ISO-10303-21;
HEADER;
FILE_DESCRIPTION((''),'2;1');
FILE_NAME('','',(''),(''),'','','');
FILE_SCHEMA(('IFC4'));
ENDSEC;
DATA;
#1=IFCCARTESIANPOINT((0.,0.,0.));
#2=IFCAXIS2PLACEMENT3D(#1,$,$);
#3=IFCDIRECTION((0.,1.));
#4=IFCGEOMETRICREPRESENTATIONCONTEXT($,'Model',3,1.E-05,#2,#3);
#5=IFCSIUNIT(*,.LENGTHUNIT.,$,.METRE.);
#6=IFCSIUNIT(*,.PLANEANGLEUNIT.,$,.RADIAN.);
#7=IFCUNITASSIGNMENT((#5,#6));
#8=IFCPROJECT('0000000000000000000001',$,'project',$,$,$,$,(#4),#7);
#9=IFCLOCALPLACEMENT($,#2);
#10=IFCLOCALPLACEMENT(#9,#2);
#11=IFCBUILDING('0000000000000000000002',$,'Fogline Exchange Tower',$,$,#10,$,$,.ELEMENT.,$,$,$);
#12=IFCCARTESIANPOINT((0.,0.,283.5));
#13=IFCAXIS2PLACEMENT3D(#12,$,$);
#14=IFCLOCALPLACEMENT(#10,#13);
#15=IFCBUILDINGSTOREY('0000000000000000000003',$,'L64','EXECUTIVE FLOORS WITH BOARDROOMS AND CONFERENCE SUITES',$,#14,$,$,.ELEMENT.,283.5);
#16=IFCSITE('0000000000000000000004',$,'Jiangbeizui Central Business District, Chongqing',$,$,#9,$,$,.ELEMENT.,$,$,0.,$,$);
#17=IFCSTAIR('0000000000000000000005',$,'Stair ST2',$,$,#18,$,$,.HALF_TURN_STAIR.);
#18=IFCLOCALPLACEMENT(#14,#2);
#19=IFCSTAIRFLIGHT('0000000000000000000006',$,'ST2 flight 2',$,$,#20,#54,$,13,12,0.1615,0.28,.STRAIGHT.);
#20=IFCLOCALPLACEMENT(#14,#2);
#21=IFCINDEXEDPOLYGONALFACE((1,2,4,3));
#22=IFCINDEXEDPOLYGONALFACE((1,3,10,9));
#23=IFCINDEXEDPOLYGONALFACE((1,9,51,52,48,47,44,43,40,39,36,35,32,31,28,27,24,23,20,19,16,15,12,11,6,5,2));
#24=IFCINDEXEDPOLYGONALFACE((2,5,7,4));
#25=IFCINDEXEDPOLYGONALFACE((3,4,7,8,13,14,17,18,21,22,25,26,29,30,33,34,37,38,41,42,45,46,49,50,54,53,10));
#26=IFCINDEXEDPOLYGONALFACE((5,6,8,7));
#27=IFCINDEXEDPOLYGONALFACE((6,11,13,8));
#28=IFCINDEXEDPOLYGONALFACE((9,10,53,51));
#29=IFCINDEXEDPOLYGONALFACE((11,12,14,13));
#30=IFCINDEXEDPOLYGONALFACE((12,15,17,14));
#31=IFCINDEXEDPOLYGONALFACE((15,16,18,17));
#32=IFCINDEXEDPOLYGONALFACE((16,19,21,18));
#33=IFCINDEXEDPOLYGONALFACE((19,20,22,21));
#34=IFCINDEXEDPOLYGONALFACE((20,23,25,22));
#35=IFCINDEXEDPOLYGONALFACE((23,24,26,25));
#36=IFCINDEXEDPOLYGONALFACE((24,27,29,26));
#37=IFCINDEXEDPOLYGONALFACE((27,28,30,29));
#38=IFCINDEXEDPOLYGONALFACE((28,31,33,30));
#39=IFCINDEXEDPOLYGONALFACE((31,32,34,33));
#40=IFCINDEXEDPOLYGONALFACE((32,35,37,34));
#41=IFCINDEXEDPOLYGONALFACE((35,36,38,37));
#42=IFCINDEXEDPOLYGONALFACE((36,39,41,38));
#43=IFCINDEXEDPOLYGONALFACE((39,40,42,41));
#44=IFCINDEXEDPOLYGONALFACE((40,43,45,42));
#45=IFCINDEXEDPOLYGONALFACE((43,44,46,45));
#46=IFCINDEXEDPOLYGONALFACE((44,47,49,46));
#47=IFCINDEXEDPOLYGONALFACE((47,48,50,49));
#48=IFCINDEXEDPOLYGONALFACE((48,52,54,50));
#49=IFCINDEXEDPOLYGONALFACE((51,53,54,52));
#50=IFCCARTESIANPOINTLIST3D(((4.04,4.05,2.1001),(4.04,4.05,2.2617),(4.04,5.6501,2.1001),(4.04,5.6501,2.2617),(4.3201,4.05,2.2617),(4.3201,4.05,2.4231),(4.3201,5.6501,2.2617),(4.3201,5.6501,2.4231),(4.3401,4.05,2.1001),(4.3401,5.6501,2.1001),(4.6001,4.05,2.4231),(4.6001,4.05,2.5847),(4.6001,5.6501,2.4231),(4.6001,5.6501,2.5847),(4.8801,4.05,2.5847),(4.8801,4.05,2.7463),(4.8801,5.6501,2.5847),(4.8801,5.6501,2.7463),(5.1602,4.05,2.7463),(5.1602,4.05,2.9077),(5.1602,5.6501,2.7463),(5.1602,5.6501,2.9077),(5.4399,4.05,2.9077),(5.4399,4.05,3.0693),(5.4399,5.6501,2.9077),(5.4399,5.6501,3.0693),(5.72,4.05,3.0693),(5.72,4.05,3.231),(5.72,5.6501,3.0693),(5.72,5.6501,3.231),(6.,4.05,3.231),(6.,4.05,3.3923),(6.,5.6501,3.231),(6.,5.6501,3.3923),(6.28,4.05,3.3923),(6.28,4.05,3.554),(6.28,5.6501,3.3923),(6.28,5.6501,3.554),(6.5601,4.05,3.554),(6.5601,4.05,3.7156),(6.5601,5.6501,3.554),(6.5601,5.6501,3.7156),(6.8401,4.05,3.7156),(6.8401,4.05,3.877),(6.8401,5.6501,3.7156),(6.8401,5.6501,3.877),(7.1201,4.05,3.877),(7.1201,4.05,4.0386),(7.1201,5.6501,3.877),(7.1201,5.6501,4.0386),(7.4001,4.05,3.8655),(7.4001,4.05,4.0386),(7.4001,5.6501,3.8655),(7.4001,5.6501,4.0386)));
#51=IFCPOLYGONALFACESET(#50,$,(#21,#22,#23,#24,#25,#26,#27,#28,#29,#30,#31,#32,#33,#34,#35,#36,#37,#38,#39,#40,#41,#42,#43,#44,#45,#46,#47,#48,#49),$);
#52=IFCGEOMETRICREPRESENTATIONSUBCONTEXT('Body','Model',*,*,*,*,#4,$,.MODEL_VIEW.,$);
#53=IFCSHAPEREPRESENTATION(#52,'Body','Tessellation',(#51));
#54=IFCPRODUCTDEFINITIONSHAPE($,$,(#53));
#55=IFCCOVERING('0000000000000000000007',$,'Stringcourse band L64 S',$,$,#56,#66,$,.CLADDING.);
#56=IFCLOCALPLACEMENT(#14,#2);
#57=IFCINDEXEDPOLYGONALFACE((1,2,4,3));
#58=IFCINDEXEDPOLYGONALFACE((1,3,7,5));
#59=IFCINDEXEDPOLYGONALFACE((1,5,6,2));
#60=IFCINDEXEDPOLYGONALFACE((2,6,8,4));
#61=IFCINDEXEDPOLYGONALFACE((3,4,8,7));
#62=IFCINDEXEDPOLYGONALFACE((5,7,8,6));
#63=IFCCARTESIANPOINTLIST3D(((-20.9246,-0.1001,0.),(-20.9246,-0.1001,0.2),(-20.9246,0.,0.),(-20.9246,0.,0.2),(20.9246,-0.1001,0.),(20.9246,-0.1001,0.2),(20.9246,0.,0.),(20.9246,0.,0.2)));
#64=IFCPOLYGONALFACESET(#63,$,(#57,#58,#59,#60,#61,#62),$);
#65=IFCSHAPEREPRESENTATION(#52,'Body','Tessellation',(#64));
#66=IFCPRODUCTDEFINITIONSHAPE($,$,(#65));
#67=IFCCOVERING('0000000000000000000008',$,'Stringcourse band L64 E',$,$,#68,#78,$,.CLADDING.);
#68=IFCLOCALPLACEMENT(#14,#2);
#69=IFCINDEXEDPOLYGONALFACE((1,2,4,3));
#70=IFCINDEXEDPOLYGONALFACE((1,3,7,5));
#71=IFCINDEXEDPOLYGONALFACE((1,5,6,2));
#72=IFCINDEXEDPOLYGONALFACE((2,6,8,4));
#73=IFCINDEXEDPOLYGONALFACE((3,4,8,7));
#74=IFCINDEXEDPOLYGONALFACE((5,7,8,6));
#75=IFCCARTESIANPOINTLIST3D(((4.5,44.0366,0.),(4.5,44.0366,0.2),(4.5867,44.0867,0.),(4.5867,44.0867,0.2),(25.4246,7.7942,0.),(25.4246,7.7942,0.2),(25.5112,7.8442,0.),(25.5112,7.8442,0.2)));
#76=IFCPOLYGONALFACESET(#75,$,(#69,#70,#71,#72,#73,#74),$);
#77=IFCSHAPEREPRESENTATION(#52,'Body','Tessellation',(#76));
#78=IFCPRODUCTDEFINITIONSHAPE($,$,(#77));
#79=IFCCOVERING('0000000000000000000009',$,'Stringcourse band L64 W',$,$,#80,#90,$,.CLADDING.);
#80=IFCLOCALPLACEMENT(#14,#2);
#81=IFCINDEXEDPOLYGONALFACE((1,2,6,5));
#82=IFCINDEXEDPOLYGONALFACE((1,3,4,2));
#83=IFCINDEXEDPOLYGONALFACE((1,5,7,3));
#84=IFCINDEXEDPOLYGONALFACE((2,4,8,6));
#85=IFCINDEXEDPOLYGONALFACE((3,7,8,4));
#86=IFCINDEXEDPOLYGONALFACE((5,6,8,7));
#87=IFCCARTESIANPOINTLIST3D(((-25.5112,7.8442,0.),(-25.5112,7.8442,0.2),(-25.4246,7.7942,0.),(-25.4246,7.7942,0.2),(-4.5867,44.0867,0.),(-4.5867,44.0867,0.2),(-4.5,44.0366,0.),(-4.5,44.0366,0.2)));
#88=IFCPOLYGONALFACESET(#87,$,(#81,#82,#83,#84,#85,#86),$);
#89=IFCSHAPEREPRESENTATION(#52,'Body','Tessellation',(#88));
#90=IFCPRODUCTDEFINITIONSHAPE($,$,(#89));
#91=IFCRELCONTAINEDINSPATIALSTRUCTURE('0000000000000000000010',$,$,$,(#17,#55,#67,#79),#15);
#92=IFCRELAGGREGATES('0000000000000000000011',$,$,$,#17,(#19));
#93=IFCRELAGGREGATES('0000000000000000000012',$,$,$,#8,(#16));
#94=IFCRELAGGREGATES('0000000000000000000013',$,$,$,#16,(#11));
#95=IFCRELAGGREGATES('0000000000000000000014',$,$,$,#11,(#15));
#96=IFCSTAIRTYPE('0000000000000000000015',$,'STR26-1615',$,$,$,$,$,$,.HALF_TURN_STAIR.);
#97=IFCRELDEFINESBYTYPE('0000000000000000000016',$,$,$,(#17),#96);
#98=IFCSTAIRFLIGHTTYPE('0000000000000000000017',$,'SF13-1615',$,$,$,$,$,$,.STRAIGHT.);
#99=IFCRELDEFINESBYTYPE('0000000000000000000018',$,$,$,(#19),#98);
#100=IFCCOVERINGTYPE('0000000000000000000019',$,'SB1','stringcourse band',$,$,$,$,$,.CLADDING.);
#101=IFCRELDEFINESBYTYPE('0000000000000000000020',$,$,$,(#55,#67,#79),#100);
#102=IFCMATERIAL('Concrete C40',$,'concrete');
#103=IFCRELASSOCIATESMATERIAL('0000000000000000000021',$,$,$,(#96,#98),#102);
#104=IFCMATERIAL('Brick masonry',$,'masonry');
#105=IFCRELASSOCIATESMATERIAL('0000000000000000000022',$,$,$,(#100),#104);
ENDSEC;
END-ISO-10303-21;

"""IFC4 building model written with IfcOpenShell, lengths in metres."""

from ifc_helpers import new_model, si_unit, direction, frame, origin, place, context, subcontext, project, spatial, polyline, outline, extrude, material, type_object, element, aggregate, save


model = new_model("IFC4")

# Units and contexts
model_context = context("Model", 3, precision=1e-05, world=origin(), true_north=direction((0.0, 1.0)))
body_context = subcontext(model_context, "Body", "Model", "MODEL_VIEW")
ifc_project = project(units=[si_unit("LENGTHUNIT", "METRE"), si_unit("PLANEANGLEUNIT", "RADIAN")], contexts=[model_context])

# Site, building, storey
site_placement = place(None, origin())
site = spatial("IfcSite", under=ifc_project, at=site_placement, Name="Jiangbeizui Central Business District, Chongqing", CompositionType="ELEMENT", RefElevation=0.0)
building_placement = place(site_placement, origin())
building = spatial("IfcBuilding", under=site, at=building_placement, Name="Fogline Exchange Tower", CompositionType="ELEMENT")
storey_placement = place(building_placement, frame((0.0, 0.0, 283.5)))
storey = spatial("IfcBuildingStorey", under=building, at=storey_placement, Name="L64", Description="EXECUTIVE FLOORS WITH BOARDROOMS AND CONFERENCE SUITES", CompositionType="ELEMENT", Elevation=283.5)

# Shared definitions
ifc_material_1 = material(Name="Concrete C40", Category="concrete")

# Stair
stair_type = type_object("IfcStairType", Name="STR26-1615", PredefinedType="HALF_TURN_STAIR", material=ifc_material_1)
stair_1_placement = place(storey_placement, origin())
stair_1 = element("IfcStair", 1, at=stair_1_placement, inside=storey, type_object=stair_type, Name="Stair ST2", PredefinedType="HALF_TURN_STAIR")

# Shared definitions
ifc_material_2 = material(Name="Brick masonry", Category="masonry")

# Stair flight
stair_flight_type = type_object("IfcStairFlightType", Name="SF13-1615", PredefinedType="STRAIGHT", material=ifc_material_1)
stair_flight_1_placement = place(storey_placement, frame((4.04, 4.8501, 2.1001), z_axis=(0.0, 0.0, 1.0), x_axis=(1.0, 0.0, 0.0)))
stair_flight_1 = element("IfcStairFlight", 2, at=stair_flight_1_placement, type_object=stair_flight_type, Name="ST2 flight 2", NumberOfRisers=13, NumberOfTreads=12, PredefinedType="STRAIGHT", RiserHeight=0.1615, TreadLength=0.28, context=body_context, shape_type="SweptSolid", body=[
    extrude(outline(polyline([(0.0, 0.0), (0.0, 0.1616), (0.28, 0.1616), (0.28, 0.323), (0.5601, 0.323), (0.5601, 0.4846), (0.8401, 0.4846), (0.8401, 0.6462), (1.1201, 0.6462), (1.1201, 0.8076), (1.3999, 0.8076), (1.3999, 0.9692), (1.6799, 0.9692), (1.6799, 1.1309), (1.96, 1.1309), (1.96, 1.2922), (2.24, 1.2922), (2.24, 1.4539), (2.52, 1.4539), (2.52, 1.6155), (2.8, 1.6155), (2.8, 1.7769), (3.0801, 1.7769), (3.0801, 1.9385), (3.3601, 1.9385), (3.3601, 2.1001), (3.3601, 1.7654), (0.3, 0.0), (0.0, 0.0)])), frame((0.0, 0.8, 0.0), z_axis=(0.0, -1.0, 0.0), x_axis=(1.0, 0.0, 0.0)), (0.0, 0.0, 1.0), 1.6001),
])
aggregate(stair_1, [stair_flight_1])

# Coverings
covering_type = type_object("IfcCoveringType", Name="SB1", Description="stringcourse band", PredefinedType="CLADDING", material=ifc_material_2)
covering_1_placement = place(storey_placement, origin())
element("IfcCovering", 3, at=covering_1_placement, inside=storey, type_object=covering_type, Name="Stringcourse band L64 S", PredefinedType="CLADDING", context=body_context, shape_type="SweptSolid", body=[
    extrude(outline(polyline([(-20.9246, 0.0), (-20.9246, -0.1001), (20.9246, -0.1001), (20.9246, 0.0), (-20.9246, 0.0)])), origin(), (0.0, 0.0, 1.0), 0.2),
])
covering_2_placement = place(storey_placement, origin())
element("IfcCovering", 4, at=covering_2_placement, inside=storey, type_object=covering_type, Name="Stringcourse band L64 E", PredefinedType="CLADDING", context=body_context, shape_type="SweptSolid", body=[
    extrude(outline(polyline([(25.4246, 7.7942), (25.5112, 7.8442), (4.5867, 44.0867), (4.5, 44.0366), (25.4246, 7.7942)])), origin(), (0.0, 0.0, 1.0), 0.2),
])
covering_3_placement = place(storey_placement, origin())
element("IfcCovering", 5, at=covering_3_placement, inside=storey, type_object=covering_type, Name="Stringcourse band L64 W", PredefinedType="CLADDING", context=body_context, shape_type="SweptSolid", body=[
    extrude(outline(polyline([(-4.5, 44.0366), (-4.5867, 44.0867), (-25.5112, 7.8442), (-25.4246, 7.7942), (-4.5, 44.0366)])), origin(), (0.0, 0.0, 1.0), 0.2),
])

save(model, "model.ifc")
